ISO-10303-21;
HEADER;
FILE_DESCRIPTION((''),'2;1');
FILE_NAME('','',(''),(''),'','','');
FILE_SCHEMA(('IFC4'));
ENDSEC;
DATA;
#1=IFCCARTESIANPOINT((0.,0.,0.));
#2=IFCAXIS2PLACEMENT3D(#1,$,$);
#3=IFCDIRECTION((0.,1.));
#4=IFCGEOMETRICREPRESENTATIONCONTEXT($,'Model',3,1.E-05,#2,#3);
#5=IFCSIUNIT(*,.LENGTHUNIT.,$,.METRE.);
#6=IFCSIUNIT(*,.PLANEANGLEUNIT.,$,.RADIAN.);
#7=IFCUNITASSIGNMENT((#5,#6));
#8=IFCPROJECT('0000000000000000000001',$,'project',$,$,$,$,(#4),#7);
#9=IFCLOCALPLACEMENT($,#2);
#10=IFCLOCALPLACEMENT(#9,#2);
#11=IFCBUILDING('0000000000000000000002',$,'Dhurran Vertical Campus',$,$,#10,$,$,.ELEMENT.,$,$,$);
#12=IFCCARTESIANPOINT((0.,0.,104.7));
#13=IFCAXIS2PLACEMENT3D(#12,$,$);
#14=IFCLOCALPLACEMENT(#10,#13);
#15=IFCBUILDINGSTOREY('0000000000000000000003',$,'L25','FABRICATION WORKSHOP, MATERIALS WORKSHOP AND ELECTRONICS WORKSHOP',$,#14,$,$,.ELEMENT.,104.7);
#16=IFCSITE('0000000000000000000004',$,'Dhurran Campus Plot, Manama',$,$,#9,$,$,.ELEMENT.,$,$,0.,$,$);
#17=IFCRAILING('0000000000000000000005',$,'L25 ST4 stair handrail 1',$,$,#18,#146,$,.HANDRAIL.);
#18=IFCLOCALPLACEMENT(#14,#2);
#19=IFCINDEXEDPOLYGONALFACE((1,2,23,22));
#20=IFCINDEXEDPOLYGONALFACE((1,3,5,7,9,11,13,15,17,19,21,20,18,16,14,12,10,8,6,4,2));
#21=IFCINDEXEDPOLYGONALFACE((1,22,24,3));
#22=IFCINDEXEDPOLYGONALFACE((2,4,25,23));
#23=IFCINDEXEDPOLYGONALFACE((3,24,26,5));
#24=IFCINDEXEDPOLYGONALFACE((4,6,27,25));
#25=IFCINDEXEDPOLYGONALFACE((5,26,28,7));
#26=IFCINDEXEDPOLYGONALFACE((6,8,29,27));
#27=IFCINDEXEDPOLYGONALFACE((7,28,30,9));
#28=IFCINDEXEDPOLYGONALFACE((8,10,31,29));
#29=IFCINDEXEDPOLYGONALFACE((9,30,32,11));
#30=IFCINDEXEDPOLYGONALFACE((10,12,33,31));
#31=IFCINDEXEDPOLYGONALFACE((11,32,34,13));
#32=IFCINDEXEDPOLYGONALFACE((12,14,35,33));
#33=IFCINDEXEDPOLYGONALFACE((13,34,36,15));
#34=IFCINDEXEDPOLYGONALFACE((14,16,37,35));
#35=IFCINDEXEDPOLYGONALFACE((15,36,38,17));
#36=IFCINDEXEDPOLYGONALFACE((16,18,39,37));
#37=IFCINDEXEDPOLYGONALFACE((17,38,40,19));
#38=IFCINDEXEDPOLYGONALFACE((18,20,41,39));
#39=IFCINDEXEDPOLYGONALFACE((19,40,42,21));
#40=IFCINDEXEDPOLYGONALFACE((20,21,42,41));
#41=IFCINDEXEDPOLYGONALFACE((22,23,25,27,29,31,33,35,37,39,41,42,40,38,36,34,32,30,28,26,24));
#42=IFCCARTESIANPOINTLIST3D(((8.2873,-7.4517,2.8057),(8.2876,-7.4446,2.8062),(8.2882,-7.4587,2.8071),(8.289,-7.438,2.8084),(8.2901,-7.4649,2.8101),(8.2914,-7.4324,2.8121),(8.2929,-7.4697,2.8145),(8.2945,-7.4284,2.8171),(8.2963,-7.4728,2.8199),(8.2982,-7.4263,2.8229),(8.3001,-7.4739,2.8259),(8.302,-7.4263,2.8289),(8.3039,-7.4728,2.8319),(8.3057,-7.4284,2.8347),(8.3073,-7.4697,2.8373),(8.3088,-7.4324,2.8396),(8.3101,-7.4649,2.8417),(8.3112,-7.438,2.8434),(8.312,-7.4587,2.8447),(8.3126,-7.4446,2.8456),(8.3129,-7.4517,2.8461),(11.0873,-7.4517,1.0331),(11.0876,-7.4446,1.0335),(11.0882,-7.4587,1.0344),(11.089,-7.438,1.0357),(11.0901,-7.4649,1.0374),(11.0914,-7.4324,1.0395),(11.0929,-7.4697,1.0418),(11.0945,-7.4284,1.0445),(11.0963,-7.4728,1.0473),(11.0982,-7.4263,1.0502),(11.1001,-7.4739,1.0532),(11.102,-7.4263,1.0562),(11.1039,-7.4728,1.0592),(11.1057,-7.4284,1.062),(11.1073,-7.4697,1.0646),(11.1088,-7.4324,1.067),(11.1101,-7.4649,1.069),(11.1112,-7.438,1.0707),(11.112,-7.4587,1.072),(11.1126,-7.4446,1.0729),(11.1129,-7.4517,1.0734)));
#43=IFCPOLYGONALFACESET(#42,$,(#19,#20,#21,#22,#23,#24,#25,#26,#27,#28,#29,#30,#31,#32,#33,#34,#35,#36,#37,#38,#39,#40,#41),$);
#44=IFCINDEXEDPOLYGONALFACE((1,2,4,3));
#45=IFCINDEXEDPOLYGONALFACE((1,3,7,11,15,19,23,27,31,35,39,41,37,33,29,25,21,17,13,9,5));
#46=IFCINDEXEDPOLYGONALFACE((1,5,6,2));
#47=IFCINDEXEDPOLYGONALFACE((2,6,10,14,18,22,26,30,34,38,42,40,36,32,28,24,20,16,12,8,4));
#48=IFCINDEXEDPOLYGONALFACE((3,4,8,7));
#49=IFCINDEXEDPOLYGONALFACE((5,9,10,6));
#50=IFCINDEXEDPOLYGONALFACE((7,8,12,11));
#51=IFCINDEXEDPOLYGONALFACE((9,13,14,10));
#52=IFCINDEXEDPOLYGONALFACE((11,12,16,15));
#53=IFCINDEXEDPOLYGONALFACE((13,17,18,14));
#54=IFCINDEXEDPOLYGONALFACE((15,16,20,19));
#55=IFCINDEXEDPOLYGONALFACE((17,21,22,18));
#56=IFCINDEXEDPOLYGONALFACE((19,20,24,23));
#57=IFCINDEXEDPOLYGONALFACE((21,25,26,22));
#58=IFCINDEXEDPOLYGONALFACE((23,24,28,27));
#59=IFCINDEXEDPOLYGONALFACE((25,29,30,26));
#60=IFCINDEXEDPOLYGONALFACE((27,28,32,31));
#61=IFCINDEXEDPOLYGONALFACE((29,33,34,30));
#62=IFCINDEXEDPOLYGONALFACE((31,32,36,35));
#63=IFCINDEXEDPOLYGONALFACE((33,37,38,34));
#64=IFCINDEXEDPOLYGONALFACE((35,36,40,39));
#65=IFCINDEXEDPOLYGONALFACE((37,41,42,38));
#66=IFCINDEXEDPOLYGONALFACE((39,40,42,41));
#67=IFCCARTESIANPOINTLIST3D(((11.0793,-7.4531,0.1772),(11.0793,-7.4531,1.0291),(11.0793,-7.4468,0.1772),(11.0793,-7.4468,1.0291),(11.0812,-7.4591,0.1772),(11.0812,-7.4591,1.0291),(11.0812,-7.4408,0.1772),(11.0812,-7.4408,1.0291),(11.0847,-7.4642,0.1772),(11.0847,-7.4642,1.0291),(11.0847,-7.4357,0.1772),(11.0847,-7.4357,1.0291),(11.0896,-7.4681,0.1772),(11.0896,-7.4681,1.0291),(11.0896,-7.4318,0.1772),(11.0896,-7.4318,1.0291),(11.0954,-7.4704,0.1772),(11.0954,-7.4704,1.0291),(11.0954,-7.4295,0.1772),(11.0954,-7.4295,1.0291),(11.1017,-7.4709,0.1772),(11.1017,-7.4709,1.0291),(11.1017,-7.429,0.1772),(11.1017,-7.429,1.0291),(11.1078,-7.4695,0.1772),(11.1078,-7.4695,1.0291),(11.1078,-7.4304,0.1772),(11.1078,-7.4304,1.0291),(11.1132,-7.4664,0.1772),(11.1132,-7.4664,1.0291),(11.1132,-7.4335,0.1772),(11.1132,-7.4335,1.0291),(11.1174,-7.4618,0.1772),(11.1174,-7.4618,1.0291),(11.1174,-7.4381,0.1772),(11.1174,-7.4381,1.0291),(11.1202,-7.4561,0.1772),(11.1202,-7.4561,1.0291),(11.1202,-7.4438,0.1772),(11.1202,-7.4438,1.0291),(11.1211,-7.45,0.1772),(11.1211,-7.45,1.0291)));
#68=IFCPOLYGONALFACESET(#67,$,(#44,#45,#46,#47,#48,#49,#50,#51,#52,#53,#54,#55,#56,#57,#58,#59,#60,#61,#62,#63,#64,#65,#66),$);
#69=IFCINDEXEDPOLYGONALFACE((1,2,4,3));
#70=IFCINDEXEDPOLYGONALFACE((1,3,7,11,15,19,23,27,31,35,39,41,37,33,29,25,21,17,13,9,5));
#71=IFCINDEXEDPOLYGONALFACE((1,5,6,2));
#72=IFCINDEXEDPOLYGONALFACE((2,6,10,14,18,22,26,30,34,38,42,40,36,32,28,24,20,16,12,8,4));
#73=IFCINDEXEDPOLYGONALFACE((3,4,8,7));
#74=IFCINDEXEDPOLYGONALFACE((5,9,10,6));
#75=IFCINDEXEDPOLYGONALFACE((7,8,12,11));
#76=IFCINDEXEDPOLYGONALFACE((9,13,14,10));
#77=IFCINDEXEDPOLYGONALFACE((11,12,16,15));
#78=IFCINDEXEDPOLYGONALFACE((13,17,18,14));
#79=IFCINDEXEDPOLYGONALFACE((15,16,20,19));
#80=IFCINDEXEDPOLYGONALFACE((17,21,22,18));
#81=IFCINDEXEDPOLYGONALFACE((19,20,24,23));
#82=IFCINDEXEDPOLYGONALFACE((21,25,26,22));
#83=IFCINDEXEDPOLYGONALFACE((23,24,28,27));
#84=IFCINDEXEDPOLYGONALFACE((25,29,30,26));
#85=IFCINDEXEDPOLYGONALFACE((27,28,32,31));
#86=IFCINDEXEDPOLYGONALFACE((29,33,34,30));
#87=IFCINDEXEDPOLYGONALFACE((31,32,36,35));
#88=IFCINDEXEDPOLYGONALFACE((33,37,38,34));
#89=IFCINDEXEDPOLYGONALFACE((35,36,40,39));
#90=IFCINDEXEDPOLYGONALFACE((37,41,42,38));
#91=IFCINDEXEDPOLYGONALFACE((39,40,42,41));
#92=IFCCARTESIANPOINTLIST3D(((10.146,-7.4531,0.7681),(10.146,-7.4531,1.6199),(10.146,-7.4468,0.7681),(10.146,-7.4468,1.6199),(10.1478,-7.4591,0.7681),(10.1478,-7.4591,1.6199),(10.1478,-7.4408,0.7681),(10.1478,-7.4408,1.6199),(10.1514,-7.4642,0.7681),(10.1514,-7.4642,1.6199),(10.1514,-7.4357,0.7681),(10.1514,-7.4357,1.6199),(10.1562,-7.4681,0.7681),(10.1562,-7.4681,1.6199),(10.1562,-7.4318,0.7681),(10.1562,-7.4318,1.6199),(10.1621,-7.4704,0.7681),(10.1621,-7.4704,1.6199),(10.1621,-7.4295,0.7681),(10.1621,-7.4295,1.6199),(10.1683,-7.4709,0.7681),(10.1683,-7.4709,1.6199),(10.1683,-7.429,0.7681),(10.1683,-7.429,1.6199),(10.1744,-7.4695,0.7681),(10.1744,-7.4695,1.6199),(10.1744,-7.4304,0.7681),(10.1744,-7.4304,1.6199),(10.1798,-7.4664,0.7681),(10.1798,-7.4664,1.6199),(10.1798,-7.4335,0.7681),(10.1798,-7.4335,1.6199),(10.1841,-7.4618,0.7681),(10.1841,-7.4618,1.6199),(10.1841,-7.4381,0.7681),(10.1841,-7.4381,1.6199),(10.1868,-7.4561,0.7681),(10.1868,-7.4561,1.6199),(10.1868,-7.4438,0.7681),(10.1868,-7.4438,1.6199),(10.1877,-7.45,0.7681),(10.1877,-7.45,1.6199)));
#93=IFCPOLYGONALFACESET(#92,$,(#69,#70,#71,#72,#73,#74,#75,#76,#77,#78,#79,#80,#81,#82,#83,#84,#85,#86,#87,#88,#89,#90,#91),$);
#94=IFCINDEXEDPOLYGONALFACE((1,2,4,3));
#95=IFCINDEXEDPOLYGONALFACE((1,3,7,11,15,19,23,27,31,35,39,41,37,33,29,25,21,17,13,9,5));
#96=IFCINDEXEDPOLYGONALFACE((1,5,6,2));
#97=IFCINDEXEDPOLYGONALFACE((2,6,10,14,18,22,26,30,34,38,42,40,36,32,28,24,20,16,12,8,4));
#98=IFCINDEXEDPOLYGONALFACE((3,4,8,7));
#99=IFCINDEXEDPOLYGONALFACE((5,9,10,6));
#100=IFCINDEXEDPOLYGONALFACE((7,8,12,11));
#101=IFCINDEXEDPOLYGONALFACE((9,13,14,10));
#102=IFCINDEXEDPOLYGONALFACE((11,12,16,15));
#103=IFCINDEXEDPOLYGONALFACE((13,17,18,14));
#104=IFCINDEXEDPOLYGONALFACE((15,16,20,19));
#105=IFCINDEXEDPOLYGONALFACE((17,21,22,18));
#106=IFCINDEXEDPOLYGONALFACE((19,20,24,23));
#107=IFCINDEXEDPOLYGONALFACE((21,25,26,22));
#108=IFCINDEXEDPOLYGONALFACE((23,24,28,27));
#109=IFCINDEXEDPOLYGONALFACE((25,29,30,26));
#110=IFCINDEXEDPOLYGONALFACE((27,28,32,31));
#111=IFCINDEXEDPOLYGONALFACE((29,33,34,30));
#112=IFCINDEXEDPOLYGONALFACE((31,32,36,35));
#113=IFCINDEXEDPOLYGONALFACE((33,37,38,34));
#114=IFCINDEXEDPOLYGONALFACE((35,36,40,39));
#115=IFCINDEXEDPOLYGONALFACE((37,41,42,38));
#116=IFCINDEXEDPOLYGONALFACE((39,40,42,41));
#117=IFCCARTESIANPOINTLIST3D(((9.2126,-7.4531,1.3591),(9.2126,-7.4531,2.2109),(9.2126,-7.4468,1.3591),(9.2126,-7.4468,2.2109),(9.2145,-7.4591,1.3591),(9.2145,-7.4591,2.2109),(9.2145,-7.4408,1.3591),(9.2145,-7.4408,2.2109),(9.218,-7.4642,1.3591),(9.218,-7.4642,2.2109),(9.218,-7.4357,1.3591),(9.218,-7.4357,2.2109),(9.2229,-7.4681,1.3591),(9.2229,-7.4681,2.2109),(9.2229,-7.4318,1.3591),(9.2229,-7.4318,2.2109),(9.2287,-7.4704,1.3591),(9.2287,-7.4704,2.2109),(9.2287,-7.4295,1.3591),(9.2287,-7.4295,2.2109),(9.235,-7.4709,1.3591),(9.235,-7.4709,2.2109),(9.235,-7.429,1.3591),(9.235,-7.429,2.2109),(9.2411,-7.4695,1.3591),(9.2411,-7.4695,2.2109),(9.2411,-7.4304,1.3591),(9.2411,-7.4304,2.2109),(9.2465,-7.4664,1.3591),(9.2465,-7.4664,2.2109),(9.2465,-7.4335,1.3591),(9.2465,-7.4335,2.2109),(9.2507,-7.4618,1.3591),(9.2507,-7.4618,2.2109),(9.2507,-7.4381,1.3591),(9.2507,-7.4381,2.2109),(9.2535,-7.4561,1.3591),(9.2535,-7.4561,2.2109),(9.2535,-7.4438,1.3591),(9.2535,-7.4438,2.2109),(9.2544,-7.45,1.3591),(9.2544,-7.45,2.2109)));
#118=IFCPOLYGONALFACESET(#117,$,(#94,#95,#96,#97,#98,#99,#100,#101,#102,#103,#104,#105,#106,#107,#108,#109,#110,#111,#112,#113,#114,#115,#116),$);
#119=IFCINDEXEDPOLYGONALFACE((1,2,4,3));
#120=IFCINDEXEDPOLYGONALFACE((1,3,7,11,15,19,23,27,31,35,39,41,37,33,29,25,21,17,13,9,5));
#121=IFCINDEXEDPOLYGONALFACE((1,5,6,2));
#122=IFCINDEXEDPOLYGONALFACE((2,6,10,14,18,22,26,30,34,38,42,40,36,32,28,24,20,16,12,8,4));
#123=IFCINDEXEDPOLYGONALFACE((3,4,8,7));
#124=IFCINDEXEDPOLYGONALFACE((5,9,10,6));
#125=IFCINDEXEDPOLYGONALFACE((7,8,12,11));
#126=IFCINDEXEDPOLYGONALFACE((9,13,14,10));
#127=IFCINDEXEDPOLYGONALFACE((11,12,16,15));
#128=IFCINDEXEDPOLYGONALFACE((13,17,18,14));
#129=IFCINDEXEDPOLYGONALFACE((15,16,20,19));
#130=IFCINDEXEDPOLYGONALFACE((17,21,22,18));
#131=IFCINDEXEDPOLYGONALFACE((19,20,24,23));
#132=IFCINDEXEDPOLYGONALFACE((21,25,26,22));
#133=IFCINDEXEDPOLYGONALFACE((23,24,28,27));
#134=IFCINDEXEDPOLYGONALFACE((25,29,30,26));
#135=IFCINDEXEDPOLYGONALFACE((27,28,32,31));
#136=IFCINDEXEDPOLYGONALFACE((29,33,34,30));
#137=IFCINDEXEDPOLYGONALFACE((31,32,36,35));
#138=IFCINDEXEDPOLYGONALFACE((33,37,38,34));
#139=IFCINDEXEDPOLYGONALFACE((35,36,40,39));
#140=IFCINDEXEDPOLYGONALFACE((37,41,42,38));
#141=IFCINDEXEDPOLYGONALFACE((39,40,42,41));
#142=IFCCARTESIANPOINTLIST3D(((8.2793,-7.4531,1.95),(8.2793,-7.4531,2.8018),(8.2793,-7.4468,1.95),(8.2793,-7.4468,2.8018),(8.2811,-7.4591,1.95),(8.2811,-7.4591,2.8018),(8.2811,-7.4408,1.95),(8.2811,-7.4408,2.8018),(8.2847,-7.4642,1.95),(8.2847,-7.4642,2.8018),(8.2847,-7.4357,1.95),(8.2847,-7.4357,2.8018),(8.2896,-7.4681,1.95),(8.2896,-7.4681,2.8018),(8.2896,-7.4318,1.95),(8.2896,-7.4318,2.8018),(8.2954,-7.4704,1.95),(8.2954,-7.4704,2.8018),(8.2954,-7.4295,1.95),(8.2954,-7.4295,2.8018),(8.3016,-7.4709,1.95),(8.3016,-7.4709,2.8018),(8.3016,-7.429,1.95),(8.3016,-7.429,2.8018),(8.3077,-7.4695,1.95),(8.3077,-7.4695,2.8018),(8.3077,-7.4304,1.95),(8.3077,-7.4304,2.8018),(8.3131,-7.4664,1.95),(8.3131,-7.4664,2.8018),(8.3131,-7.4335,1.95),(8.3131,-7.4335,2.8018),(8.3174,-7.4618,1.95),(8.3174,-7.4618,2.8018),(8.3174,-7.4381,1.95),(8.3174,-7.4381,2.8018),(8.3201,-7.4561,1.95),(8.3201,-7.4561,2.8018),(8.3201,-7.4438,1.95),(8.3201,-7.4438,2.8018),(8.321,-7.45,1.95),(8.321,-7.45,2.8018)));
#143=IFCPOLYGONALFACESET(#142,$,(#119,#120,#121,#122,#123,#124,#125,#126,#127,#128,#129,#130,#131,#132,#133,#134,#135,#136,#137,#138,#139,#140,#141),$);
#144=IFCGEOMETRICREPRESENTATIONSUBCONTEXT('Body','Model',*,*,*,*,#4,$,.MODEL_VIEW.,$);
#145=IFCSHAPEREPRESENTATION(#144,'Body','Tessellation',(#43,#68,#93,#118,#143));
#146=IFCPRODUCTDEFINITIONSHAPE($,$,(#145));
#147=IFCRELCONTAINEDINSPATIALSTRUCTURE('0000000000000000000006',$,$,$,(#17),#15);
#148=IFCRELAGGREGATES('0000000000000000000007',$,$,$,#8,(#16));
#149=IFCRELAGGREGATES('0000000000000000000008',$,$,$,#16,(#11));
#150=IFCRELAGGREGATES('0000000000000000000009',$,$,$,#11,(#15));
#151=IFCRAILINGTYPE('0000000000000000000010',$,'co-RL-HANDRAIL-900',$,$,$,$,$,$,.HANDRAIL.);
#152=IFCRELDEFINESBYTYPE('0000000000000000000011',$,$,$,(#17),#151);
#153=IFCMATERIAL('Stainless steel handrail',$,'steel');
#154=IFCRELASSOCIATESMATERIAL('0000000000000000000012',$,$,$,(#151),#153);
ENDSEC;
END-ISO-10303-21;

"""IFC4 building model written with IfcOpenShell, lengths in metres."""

from ifc_helpers import new_model, si_unit, direction, frame, origin, origin_2d, place, context, subcontext, project, spatial, circle, extrude, material, type_object, element, save


model = new_model("IFC4")

# Units and contexts
model_context = context("Model", 3, precision=1e-05, world=origin(), true_north=direction((0.0, 1.0)))
body_context = subcontext(model_context, "Body", "Model", "MODEL_VIEW")
ifc_project = project(units=[si_unit("LENGTHUNIT", "METRE"), si_unit("PLANEANGLEUNIT", "RADIAN")], contexts=[model_context])

# Site, building, storey
site_placement = place(None, origin())
site = spatial("IfcSite", under=ifc_project, at=site_placement, Name="Dhurran Campus Plot, Manama", CompositionType="ELEMENT", RefElevation=0.0)
building_placement = place(site_placement, origin())
building = spatial("IfcBuilding", under=site, at=building_placement, Name="Dhurran Vertical Campus", CompositionType="ELEMENT")
storey_placement = place(building_placement, frame((0.0, 0.0, 104.7)))
storey = spatial("IfcBuildingStorey", under=building, at=storey_placement, Name="L25", Description="FABRICATION WORKSHOP, MATERIALS WORKSHOP AND ELECTRONICS WORKSHOP", CompositionType="ELEMENT", Elevation=104.7)

# Railing
ifc_material_1 = material(Name="Stainless steel handrail", Category="steel")
railing_type_1 = type_object("IfcRailingType", Name="co-RL-HANDRAIL-900", PredefinedType="HANDRAIL", material=ifc_material_1)
railing_1_placement = place(storey_placement, frame((11.1001, -7.45, 0.1772)))
element("IfcRailing", 1, at=railing_1_placement, inside=storey, type_object=railing_type_1, Name="L25 ST4 stair handrail 1", PredefinedType="HANDRAIL", context=body_context, shape_type="SweptSolid", body=[
    extrude(circle(Radius=0.0239, at=origin_2d()), frame((0.0, 0.0, 0.876), z_axis=(-0.844909, 0.0, 0.53491), x_axis=(0.0, -1.0, 0.0)), (0.0, 0.0, 1.0), 3.314),
    extrude(circle(Radius=0.021, at=origin_2d()), origin(), (0.0, 0.0, 1.0), 0.8518),
    extrude(circle(Radius=0.021, at=origin_2d()), frame((-0.9333, 0.0, 0.5908)), (0.0, 0.0, 1.0), 0.8518),
    extrude(circle(Radius=0.021, at=origin_2d()), frame((-1.8667, 0.0, 1.1819)), (0.0, 0.0, 1.0), 0.8518),
    extrude(circle(Radius=0.021, at=origin_2d()), frame((-2.8, 0.0, 1.7727)), (0.0, 0.0, 1.0), 0.8518),
])

save(model, "model.ifc")
